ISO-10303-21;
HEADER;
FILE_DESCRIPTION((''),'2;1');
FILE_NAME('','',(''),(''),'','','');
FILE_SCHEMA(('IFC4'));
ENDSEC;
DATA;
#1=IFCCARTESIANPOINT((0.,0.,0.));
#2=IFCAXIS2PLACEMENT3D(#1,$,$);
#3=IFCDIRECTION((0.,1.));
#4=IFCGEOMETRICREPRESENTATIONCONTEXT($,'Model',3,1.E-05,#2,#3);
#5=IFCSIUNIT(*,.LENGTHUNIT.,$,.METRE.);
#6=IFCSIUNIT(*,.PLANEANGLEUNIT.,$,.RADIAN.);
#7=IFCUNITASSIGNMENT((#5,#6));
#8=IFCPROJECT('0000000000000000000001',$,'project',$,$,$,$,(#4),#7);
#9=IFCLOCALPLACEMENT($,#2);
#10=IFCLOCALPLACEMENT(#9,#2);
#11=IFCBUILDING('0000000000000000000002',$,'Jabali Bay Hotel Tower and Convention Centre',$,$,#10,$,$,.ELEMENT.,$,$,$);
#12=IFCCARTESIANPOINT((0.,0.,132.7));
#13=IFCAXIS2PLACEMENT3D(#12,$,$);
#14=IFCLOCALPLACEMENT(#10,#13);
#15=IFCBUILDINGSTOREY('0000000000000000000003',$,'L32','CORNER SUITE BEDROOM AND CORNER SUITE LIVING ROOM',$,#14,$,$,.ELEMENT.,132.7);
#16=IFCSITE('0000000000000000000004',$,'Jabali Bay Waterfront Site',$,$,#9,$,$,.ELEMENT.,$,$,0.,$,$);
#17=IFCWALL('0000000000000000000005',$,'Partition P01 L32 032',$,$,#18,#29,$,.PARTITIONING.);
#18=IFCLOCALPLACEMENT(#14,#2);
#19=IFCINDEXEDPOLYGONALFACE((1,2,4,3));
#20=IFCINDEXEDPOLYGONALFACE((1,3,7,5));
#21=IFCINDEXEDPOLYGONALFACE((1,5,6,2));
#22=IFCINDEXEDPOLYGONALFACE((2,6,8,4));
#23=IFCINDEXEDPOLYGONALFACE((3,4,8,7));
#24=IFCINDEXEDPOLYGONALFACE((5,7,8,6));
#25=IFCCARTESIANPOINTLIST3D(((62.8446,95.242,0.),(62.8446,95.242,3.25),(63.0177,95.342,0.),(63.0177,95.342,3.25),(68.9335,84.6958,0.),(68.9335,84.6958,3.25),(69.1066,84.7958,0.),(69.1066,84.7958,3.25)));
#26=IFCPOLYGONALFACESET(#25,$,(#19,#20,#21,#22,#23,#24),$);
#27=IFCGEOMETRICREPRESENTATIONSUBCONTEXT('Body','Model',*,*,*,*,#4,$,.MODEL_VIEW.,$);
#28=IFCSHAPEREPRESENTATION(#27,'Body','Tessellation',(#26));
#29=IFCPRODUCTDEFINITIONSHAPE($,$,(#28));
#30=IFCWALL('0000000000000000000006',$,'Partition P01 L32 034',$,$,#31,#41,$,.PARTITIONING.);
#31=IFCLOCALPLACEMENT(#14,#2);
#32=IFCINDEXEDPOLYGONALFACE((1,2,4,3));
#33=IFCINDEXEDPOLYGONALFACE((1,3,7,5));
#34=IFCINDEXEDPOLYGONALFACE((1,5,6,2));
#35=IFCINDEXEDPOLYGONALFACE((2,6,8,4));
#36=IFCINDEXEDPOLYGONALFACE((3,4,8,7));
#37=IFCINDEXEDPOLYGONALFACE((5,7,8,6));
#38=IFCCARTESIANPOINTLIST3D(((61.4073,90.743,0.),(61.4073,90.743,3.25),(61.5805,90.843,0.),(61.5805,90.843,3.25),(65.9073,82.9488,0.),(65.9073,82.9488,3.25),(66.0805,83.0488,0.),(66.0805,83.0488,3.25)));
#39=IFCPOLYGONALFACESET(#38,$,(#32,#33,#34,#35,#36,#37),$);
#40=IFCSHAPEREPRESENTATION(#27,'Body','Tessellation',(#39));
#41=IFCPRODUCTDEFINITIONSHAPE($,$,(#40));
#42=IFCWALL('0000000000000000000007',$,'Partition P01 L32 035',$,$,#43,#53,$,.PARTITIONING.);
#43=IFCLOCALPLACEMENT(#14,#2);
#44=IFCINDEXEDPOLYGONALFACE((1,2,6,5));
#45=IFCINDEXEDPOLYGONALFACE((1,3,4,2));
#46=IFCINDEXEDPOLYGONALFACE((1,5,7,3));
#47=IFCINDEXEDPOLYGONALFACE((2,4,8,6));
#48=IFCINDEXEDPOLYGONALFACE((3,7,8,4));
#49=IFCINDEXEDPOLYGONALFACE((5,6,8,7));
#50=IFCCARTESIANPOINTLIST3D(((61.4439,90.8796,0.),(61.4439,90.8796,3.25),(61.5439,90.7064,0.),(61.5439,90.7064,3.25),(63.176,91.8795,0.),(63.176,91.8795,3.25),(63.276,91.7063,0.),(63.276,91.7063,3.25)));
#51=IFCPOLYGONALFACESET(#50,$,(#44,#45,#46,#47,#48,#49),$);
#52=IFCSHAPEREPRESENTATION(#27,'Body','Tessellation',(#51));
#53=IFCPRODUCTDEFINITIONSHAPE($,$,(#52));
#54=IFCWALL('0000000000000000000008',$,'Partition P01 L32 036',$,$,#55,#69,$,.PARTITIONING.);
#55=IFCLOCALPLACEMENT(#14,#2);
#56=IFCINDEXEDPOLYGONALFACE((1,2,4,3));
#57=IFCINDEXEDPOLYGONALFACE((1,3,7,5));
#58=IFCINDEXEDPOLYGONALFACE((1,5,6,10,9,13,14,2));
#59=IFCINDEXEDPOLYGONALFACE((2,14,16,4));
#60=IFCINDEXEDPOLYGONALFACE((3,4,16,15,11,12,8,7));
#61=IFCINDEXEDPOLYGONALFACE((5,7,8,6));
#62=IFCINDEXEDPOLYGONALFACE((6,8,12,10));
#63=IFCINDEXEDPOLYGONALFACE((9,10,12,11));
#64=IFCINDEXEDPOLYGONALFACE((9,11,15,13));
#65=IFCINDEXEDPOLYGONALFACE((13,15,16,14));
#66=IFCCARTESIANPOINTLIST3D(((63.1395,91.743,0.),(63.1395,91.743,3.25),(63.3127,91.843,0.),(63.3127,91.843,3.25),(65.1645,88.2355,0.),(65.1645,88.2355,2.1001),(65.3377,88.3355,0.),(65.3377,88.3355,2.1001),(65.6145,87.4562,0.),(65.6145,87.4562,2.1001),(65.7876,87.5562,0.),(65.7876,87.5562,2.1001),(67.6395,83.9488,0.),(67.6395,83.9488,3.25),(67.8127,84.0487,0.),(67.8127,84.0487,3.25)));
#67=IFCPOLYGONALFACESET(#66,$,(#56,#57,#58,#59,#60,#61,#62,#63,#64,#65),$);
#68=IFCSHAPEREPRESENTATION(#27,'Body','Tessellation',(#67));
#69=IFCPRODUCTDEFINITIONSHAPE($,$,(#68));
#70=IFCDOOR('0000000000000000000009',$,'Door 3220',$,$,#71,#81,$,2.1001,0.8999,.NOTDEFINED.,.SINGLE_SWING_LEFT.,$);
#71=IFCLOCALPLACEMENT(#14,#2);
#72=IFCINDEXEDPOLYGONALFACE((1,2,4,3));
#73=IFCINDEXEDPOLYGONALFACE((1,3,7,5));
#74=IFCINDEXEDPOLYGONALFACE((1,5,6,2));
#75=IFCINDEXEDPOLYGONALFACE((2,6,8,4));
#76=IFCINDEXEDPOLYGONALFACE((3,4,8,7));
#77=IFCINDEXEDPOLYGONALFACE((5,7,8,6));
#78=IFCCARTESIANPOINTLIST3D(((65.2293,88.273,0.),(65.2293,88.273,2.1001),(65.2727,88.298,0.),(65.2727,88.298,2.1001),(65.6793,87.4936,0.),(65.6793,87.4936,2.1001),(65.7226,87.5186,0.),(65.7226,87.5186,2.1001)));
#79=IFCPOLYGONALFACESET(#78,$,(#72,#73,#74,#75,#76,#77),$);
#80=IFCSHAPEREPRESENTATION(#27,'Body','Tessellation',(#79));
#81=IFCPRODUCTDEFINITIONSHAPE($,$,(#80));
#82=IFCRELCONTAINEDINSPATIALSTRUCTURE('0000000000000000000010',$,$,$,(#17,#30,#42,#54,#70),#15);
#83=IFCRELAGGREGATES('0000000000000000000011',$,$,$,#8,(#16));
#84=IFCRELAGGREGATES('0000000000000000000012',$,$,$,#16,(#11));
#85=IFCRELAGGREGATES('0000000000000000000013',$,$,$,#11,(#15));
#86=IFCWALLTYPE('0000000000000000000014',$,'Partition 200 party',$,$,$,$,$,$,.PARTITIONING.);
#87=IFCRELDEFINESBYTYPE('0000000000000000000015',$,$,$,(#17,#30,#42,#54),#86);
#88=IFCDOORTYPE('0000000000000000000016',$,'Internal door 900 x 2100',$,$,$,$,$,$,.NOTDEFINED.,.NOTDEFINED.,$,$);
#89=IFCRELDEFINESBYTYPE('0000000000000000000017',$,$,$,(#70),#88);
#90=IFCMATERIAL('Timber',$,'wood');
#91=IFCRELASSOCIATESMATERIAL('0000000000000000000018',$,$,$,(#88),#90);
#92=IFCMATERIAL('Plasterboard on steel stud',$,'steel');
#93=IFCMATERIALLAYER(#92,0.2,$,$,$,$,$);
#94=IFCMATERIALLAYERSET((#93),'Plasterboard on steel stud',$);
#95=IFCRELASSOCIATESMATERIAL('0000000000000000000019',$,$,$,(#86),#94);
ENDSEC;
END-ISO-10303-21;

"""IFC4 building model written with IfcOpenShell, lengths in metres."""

from ifc_helpers import new_model, si_unit, direction, frame, frame_2d, origin, place, context, subcontext, project, spatial, rectangle, extrude, material, layer, layer_set, type_object, element, fill, save


model = new_model("IFC4")

# Units and contexts
model_context = context("Model", 3, precision=1e-05, world=origin(), true_north=direction((0.0, 1.0)))
body_context = subcontext(model_context, "Body", "Model", "MODEL_VIEW")
ifc_project = project(units=[si_unit("LENGTHUNIT", "METRE"), si_unit("PLANEANGLEUNIT", "RADIAN")], contexts=[model_context])

# Site, building, storey
site_placement = place(None, origin())
site = spatial("IfcSite", under=ifc_project, at=site_placement, Name="Jabali Bay Waterfront Site", CompositionType="ELEMENT", RefElevation=0.0)
building_placement = place(site_placement, origin())
building = spatial("IfcBuilding", under=site, at=building_placement, Name="Jabali Bay Hotel Tower and Convention Centre", CompositionType="ELEMENT")
storey_placement = place(building_placement, frame((0.0, 0.0, 132.7)))
storey = spatial("IfcBuildingStorey", under=building, at=storey_placement, Name="L32", Description="CORNER SUITE BEDROOM AND CORNER SUITE LIVING ROOM", CompositionType="ELEMENT", Elevation=132.7)

# Shared definitions
ifc_material_1 = material(Name="Plasterboard on steel stud", Category="steel")
ifc_material_2 = material(Name="Timber", Category="wood")
door_type_1 = type_object("IfcDoorType", Name="Internal door 900 x 2100", OperationType="NOTDEFINED", PredefinedType="NOTDEFINED", material=ifc_material_2)

# Walls
ifc_layer_1 = layer(ifc_material_1, 0.2)
ifc_layer_set_1 = layer_set([ifc_layer_1], Name="Plasterboard on steel stud")
wall_type_1 = type_object("IfcWallType", Name="Partition 200 party", PredefinedType="PARTITIONING", material=ifc_layer_set_1)
wall_1_placement = place(storey_placement, frame((62.9312, 95.292, 0.0), z_axis=(0.0, 0.0, 1.0), x_axis=(0.500003, -0.866024, 0.0)))
element("IfcWall", 1, at=wall_1_placement, inside=storey, type_object=wall_type_1, Name="Partition P01 L32 032", PredefinedType="PARTITIONING", context=body_context, shape_type="SweptSolid", body=[
    extrude(rectangle(XDim=12.1777, YDim=0.2, at=frame_2d((6.0889, 0.0))), origin(), (0.0, 0.0, 1.0), 3.25),
])
wall_2_placement = place(storey_placement, frame((65.9939, 82.9988, 0.0), z_axis=(0.0, 0.0, 1.0), x_axis=(-0.500002, 0.866024, 0.0)))
element("IfcWall", 2, at=wall_2_placement, inside=storey, type_object=wall_type_1, Name="Partition P01 L32 034", PredefinedType="PARTITIONING", context=body_context, shape_type="SweptSolid", body=[
    extrude(rectangle(XDim=9.0, YDim=0.2, at=frame_2d((4.5, 0.0))), origin(), (0.0, 0.0, 1.0), 3.25),
])
wall_3_placement = place(storey_placement, frame((61.4939, 90.793, 0.0), z_axis=(0.0, 0.0, 1.0), x_axis=(0.866041, 0.499973, 0.0)))
element("IfcWall", 3, at=wall_3_placement, inside=storey, type_object=wall_type_1, Name="Partition P01 L32 035", PredefinedType="PARTITIONING", context=body_context, shape_type="SweptSolid", body=[
    extrude(rectangle(XDim=2.0, YDim=0.2, at=frame_2d((1.0, 0.0))), origin(), (0.0, 0.0, 1.0), 3.25),
])

# Wall, opening, door
wall_4_placement = place(storey_placement, frame((63.2261, 91.793, 0.0), z_axis=(0.0, 0.0, 1.0), x_axis=(0.500002, -0.866024, 0.0)))
wall_4 = element("IfcWall", 4, at=wall_4_placement, inside=storey, type_object=wall_type_1, Name="Partition P01 L32 036", PredefinedType="PARTITIONING", context=body_context, shape_type="SweptSolid", body=[
    extrude(rectangle(XDim=9.0, YDim=0.2, at=frame_2d((4.5, 0.0))), origin(), (0.0, 0.0, 1.0), 3.25),
])
opening_1_placement = place(wall_4_placement, frame((4.05, 0.0, 0.0)))
opening_1 = element("IfcOpeningElement", 5, at=opening_1_placement, cuts=wall_4, PredefinedType="OPENING", context=body_context, shape_type="SweptSolid", body=[
    extrude(rectangle(XDim=0.8999, YDim=2.1001, at=frame_2d((0.45, 1.05))), frame((0.0, 0.1104, 0.0), z_axis=(0.0, -1.0, 0.0), x_axis=(1.0, 0.0, 0.0)), (0.0, 0.0, 1.0), 0.2209),
])
door_1_placement = place(opening_1_placement, origin())
door_1 = element("IfcDoor", 6, at=door_1_placement, inside=storey, type_object=door_type_1, Name="Door 3220", OperationType="SINGLE_SWING_LEFT", OverallHeight=2.1001, OverallWidth=0.8999, PredefinedType="NOTDEFINED", context=body_context, shape_type="SweptSolid", body=[
    extrude(rectangle(XDim=0.8999, YDim=2.1001, at=frame_2d((0.45, 1.05))), frame((0.0, 0.0249, 0.0), z_axis=(0.0, -1.0, 0.0), x_axis=(1.0, 0.0, 0.0)), (0.0, 0.0, 1.0), 0.05),
])
fill(opening_1, door_1)

save(model, "model.ifc")
